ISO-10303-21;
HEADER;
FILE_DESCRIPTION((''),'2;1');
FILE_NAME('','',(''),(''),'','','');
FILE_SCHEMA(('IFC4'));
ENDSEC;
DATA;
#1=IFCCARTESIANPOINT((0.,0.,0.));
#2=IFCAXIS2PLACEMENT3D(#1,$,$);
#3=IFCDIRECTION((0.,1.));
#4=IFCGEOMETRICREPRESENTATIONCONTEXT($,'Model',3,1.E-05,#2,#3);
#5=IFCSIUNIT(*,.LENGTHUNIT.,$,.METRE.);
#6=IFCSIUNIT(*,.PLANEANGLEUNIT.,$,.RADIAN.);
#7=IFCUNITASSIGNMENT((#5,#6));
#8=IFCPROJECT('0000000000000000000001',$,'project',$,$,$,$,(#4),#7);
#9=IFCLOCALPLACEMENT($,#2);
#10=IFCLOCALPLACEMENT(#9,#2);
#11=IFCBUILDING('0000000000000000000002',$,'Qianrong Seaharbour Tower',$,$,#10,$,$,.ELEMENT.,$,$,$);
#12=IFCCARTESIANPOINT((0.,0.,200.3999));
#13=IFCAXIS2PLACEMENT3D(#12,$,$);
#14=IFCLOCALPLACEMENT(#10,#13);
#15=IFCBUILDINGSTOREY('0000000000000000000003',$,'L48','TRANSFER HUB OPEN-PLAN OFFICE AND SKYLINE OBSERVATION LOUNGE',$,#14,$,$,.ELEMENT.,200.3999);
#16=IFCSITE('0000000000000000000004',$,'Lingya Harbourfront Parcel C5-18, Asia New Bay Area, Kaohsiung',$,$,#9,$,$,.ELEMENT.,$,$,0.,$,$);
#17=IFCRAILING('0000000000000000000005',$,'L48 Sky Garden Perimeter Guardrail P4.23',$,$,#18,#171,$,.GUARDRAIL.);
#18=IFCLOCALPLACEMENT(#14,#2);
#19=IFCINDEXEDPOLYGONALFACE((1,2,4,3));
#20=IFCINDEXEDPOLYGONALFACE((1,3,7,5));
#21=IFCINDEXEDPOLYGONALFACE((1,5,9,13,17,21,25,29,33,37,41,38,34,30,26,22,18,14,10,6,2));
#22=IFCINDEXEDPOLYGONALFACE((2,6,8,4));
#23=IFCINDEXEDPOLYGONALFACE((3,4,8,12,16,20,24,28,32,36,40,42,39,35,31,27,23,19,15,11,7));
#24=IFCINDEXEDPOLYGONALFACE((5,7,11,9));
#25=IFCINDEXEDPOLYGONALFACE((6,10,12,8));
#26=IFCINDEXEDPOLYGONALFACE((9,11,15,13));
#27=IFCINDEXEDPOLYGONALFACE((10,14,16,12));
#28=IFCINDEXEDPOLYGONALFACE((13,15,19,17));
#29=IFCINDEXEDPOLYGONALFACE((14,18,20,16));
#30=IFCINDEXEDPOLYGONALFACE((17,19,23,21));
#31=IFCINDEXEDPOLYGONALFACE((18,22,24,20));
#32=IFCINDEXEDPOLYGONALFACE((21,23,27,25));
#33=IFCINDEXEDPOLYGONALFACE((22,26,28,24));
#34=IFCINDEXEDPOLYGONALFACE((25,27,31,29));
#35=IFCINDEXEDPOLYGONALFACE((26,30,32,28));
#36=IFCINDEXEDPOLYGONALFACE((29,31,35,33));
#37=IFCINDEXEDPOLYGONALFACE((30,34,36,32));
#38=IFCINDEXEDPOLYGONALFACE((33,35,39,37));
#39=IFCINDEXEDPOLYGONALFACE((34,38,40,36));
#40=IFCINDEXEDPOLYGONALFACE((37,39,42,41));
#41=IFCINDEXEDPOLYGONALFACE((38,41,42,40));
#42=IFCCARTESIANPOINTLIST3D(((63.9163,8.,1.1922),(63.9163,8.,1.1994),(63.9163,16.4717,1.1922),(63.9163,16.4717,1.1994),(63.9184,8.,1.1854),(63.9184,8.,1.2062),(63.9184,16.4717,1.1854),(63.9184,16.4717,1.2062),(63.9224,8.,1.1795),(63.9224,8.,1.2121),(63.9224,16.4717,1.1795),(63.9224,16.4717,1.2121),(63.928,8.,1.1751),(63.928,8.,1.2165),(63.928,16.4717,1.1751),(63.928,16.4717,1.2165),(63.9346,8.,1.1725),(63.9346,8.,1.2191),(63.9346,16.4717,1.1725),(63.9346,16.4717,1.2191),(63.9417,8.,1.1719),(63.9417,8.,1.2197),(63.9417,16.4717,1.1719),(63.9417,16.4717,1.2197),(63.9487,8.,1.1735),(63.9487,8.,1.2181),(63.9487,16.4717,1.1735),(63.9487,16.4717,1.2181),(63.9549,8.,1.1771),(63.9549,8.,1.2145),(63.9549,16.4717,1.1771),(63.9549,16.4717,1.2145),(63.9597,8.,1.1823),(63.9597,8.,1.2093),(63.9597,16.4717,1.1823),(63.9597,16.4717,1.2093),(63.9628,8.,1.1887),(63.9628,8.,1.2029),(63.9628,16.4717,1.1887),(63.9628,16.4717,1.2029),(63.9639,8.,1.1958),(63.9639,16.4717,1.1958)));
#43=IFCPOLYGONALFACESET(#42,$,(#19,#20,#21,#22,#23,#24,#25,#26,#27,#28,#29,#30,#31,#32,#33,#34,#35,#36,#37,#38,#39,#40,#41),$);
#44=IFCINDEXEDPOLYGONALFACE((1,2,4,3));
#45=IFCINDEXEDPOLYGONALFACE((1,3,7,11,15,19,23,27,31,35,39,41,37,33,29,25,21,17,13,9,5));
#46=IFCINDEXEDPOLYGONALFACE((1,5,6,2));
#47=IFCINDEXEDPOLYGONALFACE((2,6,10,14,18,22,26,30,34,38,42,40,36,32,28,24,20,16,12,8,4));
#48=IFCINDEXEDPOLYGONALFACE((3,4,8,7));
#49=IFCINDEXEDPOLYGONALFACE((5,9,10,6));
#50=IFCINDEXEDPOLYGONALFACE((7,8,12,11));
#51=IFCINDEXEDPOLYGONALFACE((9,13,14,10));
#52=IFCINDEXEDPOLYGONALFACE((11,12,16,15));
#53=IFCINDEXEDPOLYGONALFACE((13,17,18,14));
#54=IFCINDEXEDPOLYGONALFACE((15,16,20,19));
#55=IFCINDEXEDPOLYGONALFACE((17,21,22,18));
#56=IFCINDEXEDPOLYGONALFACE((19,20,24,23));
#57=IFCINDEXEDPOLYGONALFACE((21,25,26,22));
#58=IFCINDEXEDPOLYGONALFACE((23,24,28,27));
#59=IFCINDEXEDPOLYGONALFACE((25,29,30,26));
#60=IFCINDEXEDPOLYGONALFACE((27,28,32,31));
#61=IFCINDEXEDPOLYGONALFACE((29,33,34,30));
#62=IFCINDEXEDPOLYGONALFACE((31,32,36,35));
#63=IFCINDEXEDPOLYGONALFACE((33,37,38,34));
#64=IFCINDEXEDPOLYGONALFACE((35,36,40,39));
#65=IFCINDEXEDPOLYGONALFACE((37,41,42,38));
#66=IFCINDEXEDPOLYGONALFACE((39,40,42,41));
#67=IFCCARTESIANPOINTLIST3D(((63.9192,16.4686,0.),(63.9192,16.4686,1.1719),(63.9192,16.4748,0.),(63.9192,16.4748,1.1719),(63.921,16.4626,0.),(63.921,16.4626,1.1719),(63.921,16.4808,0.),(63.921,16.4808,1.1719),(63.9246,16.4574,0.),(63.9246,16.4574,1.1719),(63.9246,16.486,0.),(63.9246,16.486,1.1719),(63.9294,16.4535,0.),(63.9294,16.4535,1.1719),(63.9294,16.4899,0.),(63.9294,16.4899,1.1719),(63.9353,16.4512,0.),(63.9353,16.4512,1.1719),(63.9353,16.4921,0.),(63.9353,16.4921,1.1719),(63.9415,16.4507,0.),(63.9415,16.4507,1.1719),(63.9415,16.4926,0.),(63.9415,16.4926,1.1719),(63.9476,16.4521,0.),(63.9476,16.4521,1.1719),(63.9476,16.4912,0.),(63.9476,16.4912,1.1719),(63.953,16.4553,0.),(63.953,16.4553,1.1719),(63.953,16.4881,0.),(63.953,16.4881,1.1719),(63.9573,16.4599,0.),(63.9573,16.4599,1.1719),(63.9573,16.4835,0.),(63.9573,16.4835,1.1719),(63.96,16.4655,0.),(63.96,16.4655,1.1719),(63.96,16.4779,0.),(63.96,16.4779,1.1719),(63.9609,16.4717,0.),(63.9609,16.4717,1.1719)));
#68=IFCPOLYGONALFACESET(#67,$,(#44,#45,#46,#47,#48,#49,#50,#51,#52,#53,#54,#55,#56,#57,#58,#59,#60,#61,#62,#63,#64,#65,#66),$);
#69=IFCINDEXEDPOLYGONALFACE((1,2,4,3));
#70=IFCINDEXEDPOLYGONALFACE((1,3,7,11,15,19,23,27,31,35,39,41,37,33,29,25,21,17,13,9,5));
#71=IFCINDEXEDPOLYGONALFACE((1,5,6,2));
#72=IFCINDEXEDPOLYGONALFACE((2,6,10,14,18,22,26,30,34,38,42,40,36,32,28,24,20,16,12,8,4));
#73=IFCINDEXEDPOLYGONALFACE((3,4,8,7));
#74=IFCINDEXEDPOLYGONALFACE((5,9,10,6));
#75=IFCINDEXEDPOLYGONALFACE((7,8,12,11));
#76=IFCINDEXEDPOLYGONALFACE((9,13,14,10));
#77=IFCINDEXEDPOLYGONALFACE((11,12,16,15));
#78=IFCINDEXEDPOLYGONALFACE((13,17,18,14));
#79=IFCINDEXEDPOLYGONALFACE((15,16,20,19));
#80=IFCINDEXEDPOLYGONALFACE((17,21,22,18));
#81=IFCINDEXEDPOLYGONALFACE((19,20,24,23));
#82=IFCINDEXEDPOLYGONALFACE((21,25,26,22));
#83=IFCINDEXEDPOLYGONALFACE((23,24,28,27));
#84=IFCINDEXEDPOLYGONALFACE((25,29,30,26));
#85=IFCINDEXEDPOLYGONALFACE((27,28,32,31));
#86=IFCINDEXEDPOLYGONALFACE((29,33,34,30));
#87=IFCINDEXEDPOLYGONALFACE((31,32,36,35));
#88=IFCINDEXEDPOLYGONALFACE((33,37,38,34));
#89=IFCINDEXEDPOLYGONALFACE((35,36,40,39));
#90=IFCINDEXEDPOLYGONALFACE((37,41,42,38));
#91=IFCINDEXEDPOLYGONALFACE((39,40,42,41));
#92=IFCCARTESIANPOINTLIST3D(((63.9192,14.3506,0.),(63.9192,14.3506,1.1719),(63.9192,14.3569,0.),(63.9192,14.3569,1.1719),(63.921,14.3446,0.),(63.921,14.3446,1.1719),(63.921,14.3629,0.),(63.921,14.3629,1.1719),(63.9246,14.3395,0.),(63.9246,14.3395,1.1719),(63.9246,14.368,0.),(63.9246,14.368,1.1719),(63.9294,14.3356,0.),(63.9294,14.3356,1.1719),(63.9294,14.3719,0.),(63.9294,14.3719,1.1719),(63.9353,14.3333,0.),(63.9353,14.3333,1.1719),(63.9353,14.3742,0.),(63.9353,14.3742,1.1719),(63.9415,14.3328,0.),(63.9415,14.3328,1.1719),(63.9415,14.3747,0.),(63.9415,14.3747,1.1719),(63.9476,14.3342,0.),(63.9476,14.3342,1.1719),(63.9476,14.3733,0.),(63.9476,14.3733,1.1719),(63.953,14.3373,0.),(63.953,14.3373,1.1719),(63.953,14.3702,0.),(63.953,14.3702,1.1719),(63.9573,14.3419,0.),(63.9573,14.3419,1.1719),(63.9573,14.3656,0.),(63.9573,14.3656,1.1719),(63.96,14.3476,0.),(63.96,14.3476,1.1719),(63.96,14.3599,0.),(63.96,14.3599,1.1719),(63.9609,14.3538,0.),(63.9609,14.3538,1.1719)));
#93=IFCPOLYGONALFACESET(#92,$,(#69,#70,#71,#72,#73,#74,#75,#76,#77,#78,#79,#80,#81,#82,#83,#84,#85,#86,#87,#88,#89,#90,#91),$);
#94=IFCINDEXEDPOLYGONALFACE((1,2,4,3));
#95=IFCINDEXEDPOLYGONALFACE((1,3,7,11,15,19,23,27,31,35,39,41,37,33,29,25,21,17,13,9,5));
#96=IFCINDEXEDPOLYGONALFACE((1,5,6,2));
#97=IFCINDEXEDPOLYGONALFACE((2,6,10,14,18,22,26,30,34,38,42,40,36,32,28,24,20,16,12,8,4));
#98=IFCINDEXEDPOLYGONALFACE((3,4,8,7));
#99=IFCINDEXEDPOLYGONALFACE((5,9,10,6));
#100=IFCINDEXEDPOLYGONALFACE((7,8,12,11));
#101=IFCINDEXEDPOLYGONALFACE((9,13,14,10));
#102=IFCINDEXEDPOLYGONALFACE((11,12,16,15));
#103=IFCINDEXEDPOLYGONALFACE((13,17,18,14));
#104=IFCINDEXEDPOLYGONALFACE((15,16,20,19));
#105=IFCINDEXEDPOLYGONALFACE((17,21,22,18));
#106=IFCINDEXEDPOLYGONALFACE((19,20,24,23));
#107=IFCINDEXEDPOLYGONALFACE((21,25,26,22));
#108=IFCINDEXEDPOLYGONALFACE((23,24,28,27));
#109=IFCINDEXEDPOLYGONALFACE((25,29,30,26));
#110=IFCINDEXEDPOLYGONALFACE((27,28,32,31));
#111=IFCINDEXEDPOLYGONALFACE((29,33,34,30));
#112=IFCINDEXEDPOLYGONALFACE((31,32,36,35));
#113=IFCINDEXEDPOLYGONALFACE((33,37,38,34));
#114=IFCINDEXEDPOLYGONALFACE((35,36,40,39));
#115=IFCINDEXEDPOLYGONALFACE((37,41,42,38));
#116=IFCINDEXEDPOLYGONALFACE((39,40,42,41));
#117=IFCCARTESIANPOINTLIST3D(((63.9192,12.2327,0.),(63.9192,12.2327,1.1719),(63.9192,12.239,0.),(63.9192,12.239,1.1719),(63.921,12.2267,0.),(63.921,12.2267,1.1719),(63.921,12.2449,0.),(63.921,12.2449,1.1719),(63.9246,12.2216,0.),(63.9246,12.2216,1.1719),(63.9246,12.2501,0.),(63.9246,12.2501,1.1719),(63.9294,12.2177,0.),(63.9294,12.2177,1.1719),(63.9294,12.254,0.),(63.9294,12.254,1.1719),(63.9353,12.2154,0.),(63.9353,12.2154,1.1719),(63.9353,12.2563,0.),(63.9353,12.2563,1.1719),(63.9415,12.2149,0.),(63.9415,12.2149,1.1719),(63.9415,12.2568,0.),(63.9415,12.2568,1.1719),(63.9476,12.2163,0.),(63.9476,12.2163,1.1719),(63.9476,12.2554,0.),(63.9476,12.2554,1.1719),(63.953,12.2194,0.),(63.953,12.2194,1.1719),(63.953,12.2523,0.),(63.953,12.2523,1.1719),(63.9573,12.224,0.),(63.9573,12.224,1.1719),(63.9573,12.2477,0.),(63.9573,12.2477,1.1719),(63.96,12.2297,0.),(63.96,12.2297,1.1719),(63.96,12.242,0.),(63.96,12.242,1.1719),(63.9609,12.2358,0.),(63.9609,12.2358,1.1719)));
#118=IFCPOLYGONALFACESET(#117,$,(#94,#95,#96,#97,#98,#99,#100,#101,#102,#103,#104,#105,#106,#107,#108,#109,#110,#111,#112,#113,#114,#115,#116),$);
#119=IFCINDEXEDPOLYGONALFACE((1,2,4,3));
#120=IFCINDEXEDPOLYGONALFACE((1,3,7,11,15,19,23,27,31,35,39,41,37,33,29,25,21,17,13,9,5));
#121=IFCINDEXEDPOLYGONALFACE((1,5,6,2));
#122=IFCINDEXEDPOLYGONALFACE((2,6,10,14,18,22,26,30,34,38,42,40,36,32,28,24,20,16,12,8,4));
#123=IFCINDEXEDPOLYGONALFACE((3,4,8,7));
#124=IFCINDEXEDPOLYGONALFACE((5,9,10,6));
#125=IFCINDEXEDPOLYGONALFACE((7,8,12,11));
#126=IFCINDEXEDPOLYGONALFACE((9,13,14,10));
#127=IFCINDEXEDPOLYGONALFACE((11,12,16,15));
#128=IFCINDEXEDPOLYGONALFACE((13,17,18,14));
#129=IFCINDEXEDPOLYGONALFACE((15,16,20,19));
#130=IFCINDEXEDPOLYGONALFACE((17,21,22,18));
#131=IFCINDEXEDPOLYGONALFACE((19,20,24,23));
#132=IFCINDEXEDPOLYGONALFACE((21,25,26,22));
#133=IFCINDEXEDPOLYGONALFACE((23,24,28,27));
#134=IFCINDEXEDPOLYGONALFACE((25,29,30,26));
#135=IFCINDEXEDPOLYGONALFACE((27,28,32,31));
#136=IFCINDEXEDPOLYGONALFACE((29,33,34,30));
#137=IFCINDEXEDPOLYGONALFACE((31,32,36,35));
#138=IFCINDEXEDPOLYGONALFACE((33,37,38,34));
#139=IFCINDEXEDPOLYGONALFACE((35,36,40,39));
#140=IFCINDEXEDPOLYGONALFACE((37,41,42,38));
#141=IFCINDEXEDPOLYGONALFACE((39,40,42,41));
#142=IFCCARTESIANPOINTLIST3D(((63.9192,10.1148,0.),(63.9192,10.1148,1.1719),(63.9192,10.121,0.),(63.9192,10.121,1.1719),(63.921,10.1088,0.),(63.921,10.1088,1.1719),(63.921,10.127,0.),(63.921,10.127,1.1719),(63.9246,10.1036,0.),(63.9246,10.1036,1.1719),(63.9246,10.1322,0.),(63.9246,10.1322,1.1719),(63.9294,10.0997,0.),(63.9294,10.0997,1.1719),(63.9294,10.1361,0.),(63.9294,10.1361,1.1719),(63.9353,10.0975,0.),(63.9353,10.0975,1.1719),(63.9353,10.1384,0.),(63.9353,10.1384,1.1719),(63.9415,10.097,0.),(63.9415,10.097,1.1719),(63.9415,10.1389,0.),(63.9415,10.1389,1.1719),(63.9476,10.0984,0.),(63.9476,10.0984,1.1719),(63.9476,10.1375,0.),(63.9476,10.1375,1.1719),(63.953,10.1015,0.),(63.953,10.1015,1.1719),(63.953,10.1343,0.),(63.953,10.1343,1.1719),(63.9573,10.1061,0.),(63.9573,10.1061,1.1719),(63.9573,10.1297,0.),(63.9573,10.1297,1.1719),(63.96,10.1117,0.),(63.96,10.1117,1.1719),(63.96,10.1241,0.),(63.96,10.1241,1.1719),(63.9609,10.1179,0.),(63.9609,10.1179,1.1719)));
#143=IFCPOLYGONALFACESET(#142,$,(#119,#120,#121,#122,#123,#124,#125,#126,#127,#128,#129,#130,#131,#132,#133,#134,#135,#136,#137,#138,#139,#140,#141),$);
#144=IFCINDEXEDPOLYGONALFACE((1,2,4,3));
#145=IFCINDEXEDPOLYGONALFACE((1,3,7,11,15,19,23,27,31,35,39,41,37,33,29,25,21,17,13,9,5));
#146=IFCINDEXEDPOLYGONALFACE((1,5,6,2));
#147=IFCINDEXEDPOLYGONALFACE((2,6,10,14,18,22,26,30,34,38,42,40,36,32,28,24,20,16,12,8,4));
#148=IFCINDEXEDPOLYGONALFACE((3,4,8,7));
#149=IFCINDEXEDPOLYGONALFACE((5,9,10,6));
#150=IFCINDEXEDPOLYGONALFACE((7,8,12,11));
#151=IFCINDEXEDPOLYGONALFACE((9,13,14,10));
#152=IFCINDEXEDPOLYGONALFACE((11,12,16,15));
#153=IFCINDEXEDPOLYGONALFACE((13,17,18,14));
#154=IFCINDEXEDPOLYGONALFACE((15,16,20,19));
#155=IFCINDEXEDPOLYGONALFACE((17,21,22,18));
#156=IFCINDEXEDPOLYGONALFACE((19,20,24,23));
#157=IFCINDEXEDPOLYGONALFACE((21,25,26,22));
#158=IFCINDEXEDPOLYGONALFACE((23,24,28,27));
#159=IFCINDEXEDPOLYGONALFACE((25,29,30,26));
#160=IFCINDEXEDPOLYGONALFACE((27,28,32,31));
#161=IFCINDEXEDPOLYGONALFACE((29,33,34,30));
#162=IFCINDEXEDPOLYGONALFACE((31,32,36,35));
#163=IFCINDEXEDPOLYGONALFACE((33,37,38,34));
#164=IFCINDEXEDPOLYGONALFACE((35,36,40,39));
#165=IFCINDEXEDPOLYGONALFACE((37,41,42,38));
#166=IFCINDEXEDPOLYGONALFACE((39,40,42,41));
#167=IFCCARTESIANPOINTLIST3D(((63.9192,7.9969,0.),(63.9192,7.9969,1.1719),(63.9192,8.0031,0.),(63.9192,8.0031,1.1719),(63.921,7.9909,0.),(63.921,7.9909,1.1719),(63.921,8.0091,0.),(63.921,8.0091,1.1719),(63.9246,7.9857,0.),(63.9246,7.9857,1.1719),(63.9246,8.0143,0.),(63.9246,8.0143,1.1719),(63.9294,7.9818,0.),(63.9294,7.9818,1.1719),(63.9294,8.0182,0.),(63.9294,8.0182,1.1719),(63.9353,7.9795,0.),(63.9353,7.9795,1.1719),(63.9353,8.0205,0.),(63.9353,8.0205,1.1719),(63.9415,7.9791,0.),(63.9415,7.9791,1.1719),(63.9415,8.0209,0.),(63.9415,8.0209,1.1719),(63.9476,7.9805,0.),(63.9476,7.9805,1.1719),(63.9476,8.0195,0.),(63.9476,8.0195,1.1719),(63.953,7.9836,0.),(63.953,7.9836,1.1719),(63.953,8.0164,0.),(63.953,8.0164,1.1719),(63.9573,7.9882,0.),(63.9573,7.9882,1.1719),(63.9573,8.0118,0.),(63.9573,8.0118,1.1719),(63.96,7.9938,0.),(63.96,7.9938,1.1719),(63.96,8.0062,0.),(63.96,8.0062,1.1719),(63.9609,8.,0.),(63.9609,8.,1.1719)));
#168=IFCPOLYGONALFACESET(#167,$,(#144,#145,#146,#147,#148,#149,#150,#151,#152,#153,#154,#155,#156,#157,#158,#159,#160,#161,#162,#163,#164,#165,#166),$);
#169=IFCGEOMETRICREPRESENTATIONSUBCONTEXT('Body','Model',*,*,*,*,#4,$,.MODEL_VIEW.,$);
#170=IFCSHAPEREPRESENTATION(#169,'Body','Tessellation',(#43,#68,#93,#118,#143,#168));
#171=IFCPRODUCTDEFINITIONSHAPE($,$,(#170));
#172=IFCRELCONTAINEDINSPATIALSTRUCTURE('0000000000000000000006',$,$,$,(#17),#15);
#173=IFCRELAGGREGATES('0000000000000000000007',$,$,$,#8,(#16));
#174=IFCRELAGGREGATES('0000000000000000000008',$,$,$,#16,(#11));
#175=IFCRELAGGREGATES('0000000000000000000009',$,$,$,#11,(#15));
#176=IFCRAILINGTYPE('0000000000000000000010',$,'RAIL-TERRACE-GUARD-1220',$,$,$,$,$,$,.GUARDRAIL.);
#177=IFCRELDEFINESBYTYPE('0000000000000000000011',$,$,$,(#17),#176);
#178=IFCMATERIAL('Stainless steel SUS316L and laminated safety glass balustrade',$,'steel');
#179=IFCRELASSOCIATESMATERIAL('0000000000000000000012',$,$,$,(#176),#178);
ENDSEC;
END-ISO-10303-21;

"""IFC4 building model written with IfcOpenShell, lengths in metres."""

from ifc_helpers import new_model, si_unit, direction, frame, origin, origin_2d, place, context, subcontext, project, spatial, circle, extrude, material, type_object, element, save


model = new_model("IFC4")

# Units and contexts
model_context = context("Model", 3, precision=1e-05, world=origin(), true_north=direction((0.0, 1.0)))
body_context = subcontext(model_context, "Body", "Model", "MODEL_VIEW")
ifc_project = project(units=[si_unit("LENGTHUNIT", "METRE"), si_unit("PLANEANGLEUNIT", "RADIAN")], contexts=[model_context])

# Site, building, storey
site_placement = place(None, origin())
site = spatial("IfcSite", under=ifc_project, at=site_placement, Name="Lingya Harbourfront Parcel C5-18, Asia New Bay Area, Kaohsiung", CompositionType="ELEMENT", RefElevation=0.0)
building_placement = place(site_placement, origin())
building = spatial("IfcBuilding", under=site, at=building_placement, Name="Qianrong Seaharbour Tower", CompositionType="ELEMENT")
storey_placement = place(building_placement, frame((0.0, 0.0, 200.3999)))
storey = spatial("IfcBuildingStorey", under=building, at=storey_placement, Name="L48", Description="TRANSFER HUB OPEN-PLAN OFFICE AND SKYLINE OBSERVATION LOUNGE", CompositionType="ELEMENT", Elevation=200.3999)

# Railing
ifc_material_1 = material(Name="Stainless steel SUS316L and laminated safety glass balustrade", Category="steel")
railing_type = type_object("IfcRailingType", Name="RAIL-TERRACE-GUARD-1220", PredefinedType="GUARDRAIL", material=ifc_material_1)
railing_1_placement = place(storey_placement, frame((63.9399, 16.4717, 0.0)))
element("IfcRailing", 1, at=railing_1_placement, inside=storey, type_object=railing_type, Name="L48 Sky Garden Perimeter Guardrail P4.23", PredefinedType="GUARDRAIL", context=body_context, shape_type="SweptSolid", body=[
    extrude(circle(Radius=0.0239, at=origin_2d()), frame((0.0, 0.0, 1.1958), z_axis=(0.0, -1.0, 0.0), x_axis=(1.0, 0.0, 0.0)), (0.0, 0.0, 1.0), 8.4717),
    extrude(circle(Radius=0.021, at=origin_2d()), origin(), (0.0, 0.0, 1.0), 1.1719),
    extrude(circle(Radius=0.021, at=origin_2d()), frame((0.0, -2.1179, 0.0)), (0.0, 0.0, 1.0), 1.1719),
    extrude(circle(Radius=0.021, at=origin_2d()), frame((0.0, -4.2358, 0.0)), (0.0, 0.0, 1.0), 1.1719),
    extrude(circle(Radius=0.021, at=origin_2d()), frame((0.0, -6.3538, 0.0)), (0.0, 0.0, 1.0), 1.1719),
    extrude(circle(Radius=0.021, at=origin_2d()), frame((0.0, -8.4717, 0.0)), (0.0, 0.0, 1.0), 1.1719),
])

save(model, "model.ifc")
